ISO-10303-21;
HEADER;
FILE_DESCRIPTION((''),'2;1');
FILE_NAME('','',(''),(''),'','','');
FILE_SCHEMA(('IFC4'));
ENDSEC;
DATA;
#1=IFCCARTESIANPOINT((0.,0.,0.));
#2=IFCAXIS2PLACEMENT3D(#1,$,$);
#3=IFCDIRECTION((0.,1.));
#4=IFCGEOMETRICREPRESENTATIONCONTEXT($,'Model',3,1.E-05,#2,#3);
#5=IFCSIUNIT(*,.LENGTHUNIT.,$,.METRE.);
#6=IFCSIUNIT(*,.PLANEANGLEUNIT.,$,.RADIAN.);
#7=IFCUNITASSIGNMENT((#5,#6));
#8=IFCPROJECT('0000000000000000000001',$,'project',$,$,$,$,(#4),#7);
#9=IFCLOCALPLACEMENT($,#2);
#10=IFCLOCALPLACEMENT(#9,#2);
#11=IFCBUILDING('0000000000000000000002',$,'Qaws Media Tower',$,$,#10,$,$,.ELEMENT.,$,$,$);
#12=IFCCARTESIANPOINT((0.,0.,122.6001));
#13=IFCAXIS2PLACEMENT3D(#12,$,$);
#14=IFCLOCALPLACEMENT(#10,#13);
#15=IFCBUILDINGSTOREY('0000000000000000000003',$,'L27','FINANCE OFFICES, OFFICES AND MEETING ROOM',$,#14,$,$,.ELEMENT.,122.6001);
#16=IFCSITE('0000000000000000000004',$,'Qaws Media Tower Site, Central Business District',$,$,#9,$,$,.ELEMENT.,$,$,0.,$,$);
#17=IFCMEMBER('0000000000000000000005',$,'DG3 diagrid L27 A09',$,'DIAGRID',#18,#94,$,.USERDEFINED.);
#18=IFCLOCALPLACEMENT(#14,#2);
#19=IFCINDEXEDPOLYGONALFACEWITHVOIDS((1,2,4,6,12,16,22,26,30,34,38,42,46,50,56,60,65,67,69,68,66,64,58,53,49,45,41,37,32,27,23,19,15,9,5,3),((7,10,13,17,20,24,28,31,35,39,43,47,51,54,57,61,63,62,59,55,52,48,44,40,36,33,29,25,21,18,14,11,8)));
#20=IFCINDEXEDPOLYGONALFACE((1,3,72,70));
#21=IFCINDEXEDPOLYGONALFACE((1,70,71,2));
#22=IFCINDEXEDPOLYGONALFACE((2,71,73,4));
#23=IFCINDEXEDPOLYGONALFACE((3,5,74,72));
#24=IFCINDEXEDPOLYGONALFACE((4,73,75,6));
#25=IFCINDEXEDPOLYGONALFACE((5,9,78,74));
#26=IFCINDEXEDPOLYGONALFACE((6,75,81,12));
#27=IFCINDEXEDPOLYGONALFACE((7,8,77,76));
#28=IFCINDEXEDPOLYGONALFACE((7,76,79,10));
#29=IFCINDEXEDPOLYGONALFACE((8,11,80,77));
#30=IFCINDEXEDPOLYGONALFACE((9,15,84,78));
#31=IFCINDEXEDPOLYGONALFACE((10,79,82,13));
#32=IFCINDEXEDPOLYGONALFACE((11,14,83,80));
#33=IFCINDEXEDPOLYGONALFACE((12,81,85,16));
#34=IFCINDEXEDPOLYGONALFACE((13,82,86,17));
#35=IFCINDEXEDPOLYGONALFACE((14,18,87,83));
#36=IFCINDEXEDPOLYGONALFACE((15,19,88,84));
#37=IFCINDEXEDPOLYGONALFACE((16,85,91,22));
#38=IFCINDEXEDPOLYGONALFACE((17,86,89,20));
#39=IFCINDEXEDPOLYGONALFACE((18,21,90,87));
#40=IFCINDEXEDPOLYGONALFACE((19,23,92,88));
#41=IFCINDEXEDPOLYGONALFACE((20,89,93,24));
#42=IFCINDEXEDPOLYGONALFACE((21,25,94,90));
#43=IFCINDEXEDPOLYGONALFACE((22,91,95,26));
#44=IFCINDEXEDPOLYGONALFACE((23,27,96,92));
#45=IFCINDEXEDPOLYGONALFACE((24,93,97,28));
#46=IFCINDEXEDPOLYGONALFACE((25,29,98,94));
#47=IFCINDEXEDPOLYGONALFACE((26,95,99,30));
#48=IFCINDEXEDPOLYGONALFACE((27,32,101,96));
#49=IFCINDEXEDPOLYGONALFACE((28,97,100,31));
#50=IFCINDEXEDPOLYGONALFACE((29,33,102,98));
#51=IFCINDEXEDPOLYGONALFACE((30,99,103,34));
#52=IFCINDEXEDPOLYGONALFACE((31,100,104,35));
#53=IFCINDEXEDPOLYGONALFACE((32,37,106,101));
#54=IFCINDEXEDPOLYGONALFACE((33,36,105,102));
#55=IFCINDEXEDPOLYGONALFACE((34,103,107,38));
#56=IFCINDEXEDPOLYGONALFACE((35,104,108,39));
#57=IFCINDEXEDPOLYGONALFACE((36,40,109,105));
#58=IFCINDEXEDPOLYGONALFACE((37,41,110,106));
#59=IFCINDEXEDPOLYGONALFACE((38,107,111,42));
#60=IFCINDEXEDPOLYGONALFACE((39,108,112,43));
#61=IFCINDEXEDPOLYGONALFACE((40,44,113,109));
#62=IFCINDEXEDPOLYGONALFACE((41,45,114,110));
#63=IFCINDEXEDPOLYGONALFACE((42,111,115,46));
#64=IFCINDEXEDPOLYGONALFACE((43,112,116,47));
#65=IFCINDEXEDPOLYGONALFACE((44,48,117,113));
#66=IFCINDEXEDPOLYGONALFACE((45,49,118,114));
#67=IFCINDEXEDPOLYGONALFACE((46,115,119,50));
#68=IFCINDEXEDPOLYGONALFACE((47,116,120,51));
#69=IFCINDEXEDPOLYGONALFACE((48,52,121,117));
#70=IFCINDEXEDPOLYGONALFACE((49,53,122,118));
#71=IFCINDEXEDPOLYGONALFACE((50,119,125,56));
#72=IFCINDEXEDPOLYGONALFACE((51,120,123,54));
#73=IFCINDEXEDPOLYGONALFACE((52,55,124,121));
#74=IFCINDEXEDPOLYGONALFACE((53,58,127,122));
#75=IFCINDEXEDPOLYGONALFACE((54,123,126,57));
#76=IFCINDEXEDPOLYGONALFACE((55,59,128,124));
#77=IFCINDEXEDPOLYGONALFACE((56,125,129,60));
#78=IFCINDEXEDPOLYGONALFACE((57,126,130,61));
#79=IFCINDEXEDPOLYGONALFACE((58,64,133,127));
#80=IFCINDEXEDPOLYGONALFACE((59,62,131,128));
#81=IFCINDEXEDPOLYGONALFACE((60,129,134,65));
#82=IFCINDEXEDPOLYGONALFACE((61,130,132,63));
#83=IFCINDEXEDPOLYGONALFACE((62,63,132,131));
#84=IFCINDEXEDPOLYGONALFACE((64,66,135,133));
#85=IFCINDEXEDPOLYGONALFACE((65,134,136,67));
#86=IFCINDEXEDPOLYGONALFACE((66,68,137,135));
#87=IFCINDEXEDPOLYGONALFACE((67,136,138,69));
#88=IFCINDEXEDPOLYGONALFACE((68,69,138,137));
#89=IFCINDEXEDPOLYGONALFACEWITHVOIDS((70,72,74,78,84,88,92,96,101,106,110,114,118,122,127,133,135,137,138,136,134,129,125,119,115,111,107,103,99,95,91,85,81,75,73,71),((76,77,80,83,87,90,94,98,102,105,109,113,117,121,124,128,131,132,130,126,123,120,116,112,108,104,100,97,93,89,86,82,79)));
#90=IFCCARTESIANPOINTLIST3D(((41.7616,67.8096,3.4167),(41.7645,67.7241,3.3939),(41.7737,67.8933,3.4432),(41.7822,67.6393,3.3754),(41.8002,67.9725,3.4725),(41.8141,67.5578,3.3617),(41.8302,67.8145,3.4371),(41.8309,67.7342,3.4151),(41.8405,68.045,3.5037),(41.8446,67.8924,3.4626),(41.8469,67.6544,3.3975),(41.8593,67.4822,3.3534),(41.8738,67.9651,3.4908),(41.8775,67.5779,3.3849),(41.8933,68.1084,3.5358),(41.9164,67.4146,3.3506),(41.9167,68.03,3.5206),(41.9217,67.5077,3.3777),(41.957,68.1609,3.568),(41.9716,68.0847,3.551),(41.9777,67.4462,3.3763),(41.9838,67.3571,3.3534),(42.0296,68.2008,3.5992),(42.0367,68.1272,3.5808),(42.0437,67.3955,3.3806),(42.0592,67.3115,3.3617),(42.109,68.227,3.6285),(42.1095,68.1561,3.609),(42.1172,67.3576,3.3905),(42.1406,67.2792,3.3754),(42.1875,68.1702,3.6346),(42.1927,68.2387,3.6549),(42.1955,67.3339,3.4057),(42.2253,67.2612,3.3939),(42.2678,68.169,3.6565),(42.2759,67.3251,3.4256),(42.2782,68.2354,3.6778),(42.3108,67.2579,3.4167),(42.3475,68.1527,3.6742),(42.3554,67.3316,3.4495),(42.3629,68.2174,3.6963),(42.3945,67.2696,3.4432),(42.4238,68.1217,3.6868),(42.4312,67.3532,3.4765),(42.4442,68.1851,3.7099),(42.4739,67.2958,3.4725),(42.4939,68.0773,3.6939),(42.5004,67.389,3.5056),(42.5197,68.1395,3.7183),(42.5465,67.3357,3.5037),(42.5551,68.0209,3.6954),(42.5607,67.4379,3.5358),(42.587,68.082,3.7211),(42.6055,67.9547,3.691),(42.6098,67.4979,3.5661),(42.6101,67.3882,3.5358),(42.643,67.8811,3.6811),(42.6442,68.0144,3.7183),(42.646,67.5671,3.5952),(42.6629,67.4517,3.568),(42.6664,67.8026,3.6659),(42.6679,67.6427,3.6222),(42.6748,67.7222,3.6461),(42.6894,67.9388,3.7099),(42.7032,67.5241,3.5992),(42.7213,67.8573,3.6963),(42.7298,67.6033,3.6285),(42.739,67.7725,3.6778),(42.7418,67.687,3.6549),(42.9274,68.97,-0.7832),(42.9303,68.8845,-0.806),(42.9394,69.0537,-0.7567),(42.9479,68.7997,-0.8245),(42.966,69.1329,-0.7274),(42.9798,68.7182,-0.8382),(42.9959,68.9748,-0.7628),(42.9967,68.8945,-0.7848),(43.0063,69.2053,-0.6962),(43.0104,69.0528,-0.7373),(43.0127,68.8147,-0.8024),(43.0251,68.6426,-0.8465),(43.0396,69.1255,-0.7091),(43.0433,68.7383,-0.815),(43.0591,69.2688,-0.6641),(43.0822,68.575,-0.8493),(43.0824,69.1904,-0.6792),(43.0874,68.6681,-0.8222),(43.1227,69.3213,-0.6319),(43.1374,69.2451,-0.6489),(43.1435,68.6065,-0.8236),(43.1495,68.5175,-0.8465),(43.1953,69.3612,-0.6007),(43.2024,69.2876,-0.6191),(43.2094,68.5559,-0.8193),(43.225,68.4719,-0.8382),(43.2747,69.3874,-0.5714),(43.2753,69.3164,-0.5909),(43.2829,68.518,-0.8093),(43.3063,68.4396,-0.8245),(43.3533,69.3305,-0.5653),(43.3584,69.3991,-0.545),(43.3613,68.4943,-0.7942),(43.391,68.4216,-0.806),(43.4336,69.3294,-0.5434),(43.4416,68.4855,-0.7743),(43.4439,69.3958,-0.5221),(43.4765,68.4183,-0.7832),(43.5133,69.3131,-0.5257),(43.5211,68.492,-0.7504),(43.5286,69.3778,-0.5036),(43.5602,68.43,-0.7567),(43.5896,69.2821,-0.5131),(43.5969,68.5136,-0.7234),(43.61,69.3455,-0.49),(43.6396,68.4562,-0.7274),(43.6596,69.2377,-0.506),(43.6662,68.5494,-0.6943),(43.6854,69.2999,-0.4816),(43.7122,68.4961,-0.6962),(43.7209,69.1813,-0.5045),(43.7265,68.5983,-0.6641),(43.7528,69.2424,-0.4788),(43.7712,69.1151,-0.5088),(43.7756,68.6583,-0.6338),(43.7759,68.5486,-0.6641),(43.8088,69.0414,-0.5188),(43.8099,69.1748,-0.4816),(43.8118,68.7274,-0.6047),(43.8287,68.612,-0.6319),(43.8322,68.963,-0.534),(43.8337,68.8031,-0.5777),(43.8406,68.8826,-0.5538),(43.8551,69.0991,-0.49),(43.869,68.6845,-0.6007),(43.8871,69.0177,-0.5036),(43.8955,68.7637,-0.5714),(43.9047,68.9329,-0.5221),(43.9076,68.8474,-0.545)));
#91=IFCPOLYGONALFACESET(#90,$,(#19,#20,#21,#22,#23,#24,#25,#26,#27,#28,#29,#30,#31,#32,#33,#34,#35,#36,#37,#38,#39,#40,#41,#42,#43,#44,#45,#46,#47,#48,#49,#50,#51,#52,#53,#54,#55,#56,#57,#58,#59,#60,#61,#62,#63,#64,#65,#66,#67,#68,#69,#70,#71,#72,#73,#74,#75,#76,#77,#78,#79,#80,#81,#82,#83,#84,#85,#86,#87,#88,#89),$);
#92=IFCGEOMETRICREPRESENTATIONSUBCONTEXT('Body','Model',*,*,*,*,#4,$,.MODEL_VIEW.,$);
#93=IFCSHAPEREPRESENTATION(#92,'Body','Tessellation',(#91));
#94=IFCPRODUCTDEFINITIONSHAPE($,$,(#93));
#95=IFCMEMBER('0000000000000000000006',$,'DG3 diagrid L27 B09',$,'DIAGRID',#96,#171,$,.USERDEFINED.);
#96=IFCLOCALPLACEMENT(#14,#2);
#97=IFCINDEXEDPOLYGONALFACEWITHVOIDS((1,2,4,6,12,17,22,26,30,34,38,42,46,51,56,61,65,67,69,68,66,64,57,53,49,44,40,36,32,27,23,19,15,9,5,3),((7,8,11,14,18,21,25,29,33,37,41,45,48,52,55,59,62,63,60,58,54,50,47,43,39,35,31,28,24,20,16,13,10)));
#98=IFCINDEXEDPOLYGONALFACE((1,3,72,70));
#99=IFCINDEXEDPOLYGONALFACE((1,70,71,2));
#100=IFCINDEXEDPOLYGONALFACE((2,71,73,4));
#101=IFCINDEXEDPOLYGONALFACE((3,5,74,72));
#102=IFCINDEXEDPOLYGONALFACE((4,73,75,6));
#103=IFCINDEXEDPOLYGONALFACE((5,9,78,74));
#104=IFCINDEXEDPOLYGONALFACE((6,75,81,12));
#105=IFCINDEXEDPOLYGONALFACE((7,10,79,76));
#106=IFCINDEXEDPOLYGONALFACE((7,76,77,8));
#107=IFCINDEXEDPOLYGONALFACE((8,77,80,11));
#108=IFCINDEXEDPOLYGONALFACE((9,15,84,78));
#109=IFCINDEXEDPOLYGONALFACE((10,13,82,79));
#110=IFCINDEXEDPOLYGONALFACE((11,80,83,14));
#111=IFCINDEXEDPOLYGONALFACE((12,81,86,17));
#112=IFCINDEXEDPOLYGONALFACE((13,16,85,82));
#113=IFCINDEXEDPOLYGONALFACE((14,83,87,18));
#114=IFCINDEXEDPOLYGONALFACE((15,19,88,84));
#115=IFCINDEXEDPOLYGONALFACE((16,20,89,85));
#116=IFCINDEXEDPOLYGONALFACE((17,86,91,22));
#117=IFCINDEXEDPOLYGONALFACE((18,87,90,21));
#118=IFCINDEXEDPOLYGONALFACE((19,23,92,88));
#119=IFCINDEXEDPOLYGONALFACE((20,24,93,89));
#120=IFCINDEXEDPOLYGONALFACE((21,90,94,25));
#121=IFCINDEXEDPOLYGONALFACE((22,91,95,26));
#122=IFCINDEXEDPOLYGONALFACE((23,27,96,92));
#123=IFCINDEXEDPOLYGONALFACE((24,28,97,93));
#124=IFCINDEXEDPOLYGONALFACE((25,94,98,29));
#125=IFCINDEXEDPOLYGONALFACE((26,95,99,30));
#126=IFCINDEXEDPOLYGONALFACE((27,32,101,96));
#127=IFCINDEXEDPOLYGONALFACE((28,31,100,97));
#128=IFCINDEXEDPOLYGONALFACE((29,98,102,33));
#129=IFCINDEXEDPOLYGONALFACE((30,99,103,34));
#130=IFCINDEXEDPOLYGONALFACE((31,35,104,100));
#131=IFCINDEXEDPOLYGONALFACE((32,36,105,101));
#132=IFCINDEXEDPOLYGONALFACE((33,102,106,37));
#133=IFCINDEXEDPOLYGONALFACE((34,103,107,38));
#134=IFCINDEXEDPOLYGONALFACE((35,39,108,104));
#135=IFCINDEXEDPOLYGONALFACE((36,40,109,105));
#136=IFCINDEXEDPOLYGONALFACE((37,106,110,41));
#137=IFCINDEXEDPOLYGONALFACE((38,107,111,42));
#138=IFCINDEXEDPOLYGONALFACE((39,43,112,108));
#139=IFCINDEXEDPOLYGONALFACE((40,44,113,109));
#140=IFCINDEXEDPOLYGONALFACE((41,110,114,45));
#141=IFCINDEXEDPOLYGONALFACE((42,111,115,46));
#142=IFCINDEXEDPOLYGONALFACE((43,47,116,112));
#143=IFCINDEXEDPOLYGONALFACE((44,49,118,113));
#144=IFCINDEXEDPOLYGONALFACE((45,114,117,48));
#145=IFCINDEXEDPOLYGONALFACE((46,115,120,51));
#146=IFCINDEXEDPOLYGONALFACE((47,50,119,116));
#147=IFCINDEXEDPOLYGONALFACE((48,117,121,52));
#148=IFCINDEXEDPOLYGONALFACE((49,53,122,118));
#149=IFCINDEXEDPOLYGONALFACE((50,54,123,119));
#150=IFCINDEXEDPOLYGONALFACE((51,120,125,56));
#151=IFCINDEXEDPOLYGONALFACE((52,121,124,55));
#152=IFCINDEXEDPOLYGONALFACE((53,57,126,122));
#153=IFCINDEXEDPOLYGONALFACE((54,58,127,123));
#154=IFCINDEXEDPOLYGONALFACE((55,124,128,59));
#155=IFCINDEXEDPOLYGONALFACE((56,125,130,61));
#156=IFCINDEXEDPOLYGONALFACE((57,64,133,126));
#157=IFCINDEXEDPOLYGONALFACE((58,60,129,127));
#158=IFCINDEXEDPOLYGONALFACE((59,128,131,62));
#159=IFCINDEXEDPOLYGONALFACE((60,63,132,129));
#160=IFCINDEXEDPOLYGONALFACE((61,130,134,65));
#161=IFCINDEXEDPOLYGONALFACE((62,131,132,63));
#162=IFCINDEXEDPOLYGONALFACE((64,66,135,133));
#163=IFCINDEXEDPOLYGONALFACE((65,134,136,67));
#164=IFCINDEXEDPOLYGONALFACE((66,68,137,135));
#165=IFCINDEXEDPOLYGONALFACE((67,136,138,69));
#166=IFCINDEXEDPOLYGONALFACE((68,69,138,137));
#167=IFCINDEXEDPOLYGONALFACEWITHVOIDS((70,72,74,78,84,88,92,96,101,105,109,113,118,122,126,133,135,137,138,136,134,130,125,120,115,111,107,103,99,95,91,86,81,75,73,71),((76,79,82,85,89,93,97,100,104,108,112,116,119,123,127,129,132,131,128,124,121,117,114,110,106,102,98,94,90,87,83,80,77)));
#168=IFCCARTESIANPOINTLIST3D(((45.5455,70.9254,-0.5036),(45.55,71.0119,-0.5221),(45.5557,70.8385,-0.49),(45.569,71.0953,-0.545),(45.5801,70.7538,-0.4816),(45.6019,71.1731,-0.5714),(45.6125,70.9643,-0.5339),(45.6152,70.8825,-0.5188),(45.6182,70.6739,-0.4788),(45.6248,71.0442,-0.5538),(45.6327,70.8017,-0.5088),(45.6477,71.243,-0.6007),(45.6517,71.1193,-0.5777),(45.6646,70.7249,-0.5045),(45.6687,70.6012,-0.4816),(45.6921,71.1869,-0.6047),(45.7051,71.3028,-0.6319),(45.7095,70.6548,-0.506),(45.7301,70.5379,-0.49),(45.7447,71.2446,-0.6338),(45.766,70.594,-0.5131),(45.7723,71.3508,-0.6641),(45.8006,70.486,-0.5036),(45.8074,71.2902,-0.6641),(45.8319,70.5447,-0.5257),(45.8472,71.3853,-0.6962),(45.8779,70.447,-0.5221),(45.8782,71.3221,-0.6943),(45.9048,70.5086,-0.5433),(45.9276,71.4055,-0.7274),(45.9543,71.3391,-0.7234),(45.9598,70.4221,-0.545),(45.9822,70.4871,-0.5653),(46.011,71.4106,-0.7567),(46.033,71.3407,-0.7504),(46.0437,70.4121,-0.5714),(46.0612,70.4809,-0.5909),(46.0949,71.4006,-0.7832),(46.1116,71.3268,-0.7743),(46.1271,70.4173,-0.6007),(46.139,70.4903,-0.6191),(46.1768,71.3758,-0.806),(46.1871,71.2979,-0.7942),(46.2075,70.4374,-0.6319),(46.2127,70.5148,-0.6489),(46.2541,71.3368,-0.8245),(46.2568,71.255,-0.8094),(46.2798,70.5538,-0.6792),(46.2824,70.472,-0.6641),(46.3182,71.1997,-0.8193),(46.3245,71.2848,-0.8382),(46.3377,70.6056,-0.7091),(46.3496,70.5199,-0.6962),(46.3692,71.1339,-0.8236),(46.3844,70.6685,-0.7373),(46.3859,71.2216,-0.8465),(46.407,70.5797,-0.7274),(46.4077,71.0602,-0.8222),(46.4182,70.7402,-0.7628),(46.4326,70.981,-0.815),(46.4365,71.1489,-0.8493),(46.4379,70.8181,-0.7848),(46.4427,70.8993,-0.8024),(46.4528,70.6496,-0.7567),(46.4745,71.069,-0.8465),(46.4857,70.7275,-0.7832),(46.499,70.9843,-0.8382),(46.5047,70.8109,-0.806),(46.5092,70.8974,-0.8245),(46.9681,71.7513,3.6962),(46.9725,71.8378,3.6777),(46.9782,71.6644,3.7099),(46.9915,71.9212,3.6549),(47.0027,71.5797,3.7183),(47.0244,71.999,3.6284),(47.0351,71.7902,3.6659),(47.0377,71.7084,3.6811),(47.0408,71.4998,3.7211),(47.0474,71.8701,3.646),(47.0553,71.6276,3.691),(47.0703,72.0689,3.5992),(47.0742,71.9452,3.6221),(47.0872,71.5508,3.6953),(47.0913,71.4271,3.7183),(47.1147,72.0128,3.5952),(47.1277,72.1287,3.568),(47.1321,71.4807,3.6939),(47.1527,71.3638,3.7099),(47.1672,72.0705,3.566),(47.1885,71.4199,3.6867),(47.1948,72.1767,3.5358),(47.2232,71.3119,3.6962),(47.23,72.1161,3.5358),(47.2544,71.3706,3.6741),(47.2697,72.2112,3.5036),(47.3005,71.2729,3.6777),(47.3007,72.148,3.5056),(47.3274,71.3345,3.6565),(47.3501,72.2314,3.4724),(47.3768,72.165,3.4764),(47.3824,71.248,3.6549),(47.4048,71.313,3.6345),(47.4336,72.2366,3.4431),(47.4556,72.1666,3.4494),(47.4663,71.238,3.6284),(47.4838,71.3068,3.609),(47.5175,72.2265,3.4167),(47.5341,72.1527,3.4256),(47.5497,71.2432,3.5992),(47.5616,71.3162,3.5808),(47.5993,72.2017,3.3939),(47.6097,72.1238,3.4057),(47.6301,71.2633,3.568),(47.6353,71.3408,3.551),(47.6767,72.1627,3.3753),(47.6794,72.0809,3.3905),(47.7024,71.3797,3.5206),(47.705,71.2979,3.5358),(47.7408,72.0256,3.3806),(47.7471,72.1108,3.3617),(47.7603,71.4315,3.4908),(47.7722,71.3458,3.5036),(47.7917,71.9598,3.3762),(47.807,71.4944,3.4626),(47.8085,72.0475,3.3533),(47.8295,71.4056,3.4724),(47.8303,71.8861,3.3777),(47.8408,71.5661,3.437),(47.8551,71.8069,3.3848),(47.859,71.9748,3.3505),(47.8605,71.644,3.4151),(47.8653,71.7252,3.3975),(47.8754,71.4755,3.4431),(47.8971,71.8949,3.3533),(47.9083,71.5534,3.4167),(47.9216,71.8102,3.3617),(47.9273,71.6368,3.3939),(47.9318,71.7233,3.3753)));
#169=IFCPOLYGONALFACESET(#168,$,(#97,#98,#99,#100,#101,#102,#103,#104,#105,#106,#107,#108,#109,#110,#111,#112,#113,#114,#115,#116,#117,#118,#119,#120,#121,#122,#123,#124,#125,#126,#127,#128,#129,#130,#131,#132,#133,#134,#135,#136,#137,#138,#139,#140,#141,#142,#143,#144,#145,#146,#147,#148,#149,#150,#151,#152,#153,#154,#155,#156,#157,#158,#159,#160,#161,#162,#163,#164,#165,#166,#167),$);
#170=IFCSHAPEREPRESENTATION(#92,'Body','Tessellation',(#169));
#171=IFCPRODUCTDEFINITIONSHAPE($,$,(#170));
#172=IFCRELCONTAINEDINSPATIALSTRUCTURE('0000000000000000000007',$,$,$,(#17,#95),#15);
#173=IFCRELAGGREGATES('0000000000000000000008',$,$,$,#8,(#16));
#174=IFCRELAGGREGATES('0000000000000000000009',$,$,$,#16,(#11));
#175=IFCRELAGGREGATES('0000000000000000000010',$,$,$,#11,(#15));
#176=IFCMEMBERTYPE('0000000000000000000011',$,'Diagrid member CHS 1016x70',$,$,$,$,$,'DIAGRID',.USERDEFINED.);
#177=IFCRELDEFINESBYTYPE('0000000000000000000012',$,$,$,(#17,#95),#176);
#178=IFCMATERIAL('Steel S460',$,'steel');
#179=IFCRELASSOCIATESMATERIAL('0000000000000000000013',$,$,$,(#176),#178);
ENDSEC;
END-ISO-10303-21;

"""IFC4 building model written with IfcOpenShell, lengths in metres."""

from ifc_helpers import new_model, si_unit, direction, frame, origin, origin_2d, place, context, subcontext, project, spatial, hollow_circle, extrude, material, material_profile, profile_set, type_object, element, save


model = new_model("IFC4")

# Units and contexts
model_context = context("Model", 3, precision=1e-05, world=origin(), true_north=direction((0.0, 1.0)))
body_context = subcontext(model_context, "Body", "Model", "MODEL_VIEW")
ifc_project = project(units=[si_unit("LENGTHUNIT", "METRE"), si_unit("PLANEANGLEUNIT", "RADIAN")], contexts=[model_context])

# Site, building, storey
site_placement = place(None, origin())
site = spatial("IfcSite", under=ifc_project, at=site_placement, Name="Qaws Media Tower Site, Central Business District", CompositionType="ELEMENT", RefElevation=0.0)
building_placement = place(site_placement, origin())
building = spatial("IfcBuilding", under=site, at=building_placement, Name="Qaws Media Tower", CompositionType="ELEMENT")
storey_placement = place(building_placement, frame((0.0, 0.0, 122.6001)))
storey = spatial("IfcBuildingStorey", under=building, at=storey_placement, Name="L27", Description="FINANCE OFFICES, OFFICES AND MEETING ROOM", CompositionType="ELEMENT", Elevation=122.6001)

# Members
ifc_material_1 = material(Name="Steel S460", Category="steel")
ifc_material_profile_1 = material_profile(ifc_material_1, hollow_circle(Radius=0.5081, WallThickness=0.0701, at=origin_2d()), Name="CHS 1016x70")
ifc_profile_set_1 = profile_set([ifc_material_profile_1], Name="Steel S460")
member_type_1 = type_object("IfcMemberType", Name="Diagrid member CHS 1016x70", ElementType="DIAGRID", PredefinedType="USERDEFINED", material=ifc_profile_set_1)
for number, where, z_axis, x_axis, name in (
    (1, (43.4175, 68.9087, -0.6641), (-0.258454, -0.257263, 0.931138), (0.705472, -0.708738, 0.0), "DG3 diagrid L27 A09"),
    (2, (46.0273, 70.9114, -0.6641), (0.315392, 0.183108, 0.931128), (-0.502089, 0.864816, 0.0), "DG3 diagrid L27 B09"),
):
    element("IfcMember", number, at=place(storey_placement, frame(where, z_axis=z_axis, x_axis=x_axis)), inside=storey, type_object=member_type_1, Name=name, ObjectType="DIAGRID", PredefinedType="USERDEFINED", context=body_context, shape_type="SweptSolid", body=[
        extrude(hollow_circle(Radius=0.5081, WallThickness=0.0701, at=origin_2d()), origin(), (0.0, 0.0, 1.0), 4.5105),
    ])

save(model, "model.ifc")
